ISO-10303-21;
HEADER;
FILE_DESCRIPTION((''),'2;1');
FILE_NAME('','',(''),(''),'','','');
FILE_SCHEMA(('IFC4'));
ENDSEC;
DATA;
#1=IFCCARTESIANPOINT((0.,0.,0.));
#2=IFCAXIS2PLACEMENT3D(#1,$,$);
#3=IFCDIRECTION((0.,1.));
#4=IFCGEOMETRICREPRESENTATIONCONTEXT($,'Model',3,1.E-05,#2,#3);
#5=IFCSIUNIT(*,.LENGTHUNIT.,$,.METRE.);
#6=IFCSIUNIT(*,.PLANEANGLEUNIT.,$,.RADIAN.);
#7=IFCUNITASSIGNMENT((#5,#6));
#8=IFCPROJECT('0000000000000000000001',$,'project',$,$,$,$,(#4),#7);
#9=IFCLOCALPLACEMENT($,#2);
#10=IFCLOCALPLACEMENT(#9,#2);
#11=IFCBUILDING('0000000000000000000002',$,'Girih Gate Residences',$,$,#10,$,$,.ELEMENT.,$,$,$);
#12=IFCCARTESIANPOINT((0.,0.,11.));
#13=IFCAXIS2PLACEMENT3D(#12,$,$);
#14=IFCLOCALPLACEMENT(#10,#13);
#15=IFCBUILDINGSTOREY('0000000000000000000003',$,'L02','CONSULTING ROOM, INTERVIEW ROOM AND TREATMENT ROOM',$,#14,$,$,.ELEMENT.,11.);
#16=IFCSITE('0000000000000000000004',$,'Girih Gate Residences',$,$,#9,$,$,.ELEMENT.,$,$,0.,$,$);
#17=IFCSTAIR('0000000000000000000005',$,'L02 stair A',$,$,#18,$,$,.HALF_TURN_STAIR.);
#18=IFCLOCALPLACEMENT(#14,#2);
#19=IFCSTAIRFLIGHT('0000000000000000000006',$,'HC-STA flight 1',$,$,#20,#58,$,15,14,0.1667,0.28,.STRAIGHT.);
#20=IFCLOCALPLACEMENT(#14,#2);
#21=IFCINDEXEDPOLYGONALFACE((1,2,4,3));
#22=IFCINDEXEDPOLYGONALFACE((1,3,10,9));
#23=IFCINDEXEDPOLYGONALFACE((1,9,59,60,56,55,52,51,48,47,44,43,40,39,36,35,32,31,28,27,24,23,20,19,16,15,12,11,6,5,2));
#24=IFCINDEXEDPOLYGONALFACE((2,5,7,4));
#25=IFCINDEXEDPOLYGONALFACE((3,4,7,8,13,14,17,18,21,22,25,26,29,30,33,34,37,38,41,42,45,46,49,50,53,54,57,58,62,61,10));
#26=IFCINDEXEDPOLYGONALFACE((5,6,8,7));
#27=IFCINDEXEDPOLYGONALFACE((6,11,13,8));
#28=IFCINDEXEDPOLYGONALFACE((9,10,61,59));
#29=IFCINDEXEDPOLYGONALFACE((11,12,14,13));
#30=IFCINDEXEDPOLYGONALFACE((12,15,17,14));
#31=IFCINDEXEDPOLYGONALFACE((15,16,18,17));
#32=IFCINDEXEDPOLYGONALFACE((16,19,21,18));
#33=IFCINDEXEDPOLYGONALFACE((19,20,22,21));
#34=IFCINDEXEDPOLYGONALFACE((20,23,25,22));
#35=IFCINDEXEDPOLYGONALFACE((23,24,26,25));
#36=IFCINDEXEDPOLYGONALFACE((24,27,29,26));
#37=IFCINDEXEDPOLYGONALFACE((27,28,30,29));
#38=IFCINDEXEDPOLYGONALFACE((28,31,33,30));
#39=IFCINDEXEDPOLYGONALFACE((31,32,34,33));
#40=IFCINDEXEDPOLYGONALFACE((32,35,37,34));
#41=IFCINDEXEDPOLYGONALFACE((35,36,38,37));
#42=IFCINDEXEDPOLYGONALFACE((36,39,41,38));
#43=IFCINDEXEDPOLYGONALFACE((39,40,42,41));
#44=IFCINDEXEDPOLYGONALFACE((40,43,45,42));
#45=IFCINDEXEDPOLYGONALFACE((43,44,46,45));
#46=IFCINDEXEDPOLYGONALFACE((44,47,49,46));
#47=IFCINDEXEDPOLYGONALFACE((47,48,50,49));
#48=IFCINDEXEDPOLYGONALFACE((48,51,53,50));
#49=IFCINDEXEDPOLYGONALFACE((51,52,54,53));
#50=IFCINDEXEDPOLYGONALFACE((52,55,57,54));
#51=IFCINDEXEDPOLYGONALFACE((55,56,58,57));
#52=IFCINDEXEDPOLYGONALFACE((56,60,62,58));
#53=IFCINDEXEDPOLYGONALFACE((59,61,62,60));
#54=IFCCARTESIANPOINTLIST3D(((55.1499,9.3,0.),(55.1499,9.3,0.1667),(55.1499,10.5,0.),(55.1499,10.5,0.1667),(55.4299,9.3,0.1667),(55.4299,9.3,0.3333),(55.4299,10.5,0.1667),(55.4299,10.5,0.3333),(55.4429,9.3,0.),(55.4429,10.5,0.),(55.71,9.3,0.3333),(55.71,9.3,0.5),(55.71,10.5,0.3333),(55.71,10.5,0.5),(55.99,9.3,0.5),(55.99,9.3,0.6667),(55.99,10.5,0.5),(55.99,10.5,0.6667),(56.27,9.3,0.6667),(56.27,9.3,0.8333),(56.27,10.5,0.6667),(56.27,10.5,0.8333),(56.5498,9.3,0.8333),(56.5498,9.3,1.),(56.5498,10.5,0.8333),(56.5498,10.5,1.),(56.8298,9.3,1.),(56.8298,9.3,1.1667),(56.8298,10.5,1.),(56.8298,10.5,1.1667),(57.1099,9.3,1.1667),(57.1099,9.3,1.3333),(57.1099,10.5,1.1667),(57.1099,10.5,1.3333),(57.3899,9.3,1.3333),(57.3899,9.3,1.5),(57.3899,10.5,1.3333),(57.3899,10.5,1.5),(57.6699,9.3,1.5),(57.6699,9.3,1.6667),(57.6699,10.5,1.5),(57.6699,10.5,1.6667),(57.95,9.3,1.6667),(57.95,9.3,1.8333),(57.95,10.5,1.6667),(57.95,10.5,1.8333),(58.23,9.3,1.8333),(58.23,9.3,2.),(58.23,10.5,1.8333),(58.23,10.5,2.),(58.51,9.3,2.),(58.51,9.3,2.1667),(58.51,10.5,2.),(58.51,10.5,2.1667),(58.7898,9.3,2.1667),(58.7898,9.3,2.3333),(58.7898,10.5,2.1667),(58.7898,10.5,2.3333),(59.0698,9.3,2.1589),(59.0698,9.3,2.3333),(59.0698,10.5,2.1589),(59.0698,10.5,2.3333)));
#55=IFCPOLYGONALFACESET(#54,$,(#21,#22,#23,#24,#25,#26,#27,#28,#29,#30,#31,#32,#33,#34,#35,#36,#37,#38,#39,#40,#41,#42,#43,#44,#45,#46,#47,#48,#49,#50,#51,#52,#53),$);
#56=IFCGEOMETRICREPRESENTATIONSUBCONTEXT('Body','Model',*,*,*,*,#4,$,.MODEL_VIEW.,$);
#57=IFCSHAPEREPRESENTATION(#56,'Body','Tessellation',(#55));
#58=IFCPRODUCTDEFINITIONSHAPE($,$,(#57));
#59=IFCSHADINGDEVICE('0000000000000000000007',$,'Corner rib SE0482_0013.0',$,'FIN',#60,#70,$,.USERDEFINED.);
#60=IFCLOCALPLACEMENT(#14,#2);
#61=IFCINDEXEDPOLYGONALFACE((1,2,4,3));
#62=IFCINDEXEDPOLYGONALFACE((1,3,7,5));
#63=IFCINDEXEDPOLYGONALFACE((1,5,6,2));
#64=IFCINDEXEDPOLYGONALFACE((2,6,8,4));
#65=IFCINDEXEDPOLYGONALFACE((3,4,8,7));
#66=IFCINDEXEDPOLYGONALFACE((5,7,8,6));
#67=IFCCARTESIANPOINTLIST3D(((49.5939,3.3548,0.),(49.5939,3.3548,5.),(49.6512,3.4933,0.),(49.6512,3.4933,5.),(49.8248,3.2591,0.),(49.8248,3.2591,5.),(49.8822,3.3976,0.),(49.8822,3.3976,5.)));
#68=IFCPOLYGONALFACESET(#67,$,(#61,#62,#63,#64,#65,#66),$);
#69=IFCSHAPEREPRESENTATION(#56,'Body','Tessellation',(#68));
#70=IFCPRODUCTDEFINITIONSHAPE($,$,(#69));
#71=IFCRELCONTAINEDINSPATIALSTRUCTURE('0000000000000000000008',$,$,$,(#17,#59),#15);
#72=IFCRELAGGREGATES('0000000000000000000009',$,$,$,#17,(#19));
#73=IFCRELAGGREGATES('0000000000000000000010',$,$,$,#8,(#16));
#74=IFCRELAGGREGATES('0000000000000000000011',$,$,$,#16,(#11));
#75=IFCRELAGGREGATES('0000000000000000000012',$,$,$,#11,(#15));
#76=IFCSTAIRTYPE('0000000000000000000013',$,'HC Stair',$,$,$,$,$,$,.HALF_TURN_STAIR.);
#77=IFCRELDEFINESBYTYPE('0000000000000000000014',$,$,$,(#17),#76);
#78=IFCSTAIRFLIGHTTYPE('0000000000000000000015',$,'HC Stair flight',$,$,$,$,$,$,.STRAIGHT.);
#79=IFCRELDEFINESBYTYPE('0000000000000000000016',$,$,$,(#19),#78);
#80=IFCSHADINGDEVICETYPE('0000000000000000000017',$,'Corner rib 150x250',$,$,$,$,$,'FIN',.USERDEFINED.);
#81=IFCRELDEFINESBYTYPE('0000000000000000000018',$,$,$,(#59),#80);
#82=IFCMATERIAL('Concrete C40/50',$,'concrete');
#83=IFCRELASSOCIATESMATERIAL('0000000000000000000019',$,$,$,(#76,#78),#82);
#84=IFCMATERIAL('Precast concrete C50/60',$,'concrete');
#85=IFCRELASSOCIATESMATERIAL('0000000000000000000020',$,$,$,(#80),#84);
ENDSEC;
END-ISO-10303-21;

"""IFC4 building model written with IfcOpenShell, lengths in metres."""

from ifc_helpers import new_model, si_unit, direction, frame, origin, origin_2d, place, context, subcontext, project, spatial, polyline, rectangle, outline, extrude, material, type_object, element, aggregate, save


model = new_model("IFC4")

# Units and contexts
model_context = context("Model", 3, precision=1e-05, world=origin(), true_north=direction((0.0, 1.0)))
body_context = subcontext(model_context, "Body", "Model", "MODEL_VIEW")
ifc_project = project(units=[si_unit("LENGTHUNIT", "METRE"), si_unit("PLANEANGLEUNIT", "RADIAN")], contexts=[model_context])

# Site, building, storey
site_placement = place(None, origin())
site = spatial("IfcSite", under=ifc_project, at=site_placement, Name="Girih Gate Residences", CompositionType="ELEMENT", RefElevation=0.0)
building_placement = place(site_placement, origin())
building = spatial("IfcBuilding", under=site, at=building_placement, Name="Girih Gate Residences", CompositionType="ELEMENT")
storey_placement = place(building_placement, frame((0.0, 0.0, 11.0)))
storey = spatial("IfcBuildingStorey", under=building, at=storey_placement, Name="L02", Description="CONSULTING ROOM, INTERVIEW ROOM AND TREATMENT ROOM", CompositionType="ELEMENT", Elevation=11.0)

# Shared definitions
ifc_material_1 = material(Name="Concrete C40/50", Category="concrete")

# Shared definitions
ifc_material_2 = material(Name="Precast concrete C50/60", Category="concrete")

# Stair, stair flight
stair_type = type_object("IfcStairType", Name="HC Stair", PredefinedType="HALF_TURN_STAIR", material=ifc_material_1)
stair_placement = place(storey_placement, origin())
stair = element("IfcStair", 1, at=stair_placement, inside=storey, type_object=stair_type, Name="L02 stair A", PredefinedType="HALF_TURN_STAIR")
stair_flight_type = type_object("IfcStairFlightType", Name="HC Stair flight", PredefinedType="STRAIGHT", material=ifc_material_1)
stair_flight_placement = place(storey_placement, frame((55.1499, 9.8999, 0.0), z_axis=(0.0, 0.0, 1.0), x_axis=(1.0, 0.0, 0.0)))
stair_flight = element("IfcStairFlight", 2, at=stair_flight_placement, type_object=stair_flight_type, Name="HC-STA flight 1", NumberOfRisers=15, NumberOfTreads=14, PredefinedType="STRAIGHT", RiserHeight=0.1667, TreadLength=0.28, context=body_context, shape_type="SweptSolid", body=[
    extrude(outline(polyline([(0.0, 0.0), (0.0, 0.1667), (0.28, 0.1667), (0.28, 0.3333), (0.5601, 0.3333), (0.5601, 0.5), (0.8401, 0.5), (0.8401, 0.6667), (1.1201, 0.6667), (1.1201, 0.8333), (1.3999, 0.8333), (1.3999, 1.0), (1.6799, 1.0), (1.6799, 1.1667), (1.96, 1.1667), (1.96, 1.3333), (2.24, 1.3333), (2.24, 1.5), (2.52, 1.5), (2.52, 1.6667), (2.8, 1.6667), (2.8, 1.8333), (3.0801, 1.8333), (3.0801, 2.0), (3.3601, 2.0), (3.3601, 2.1667), (3.6399, 2.1667), (3.6399, 2.3333), (3.9199, 2.3333), (3.9199, 2.5), (3.9199, 2.1589), (0.293, 0.0), (0.0, 0.0)])), frame((0.0, 0.6001, 0.0), z_axis=(0.0, -1.0, 0.0), x_axis=(1.0, 0.0, 0.0)), (0.0, 0.0, 1.0), 1.2),
])
aggregate(stair, [stair_flight])

# Shading device
shading_device_type = type_object("IfcShadingDeviceType", Name="Corner rib 150x250", ElementType="FIN", PredefinedType="USERDEFINED", material=ifc_material_2)
shading_device_placement = place(storey_placement, frame((49.738, 3.3762, 0.0), z_axis=(0.0, 0.0, 1.0), x_axis=(0.382683, 0.92388, 0.0)))
element("IfcShadingDevice", 3, at=shading_device_placement, inside=storey, type_object=shading_device_type, Name="Corner rib SE0482_0013.0", ObjectType="FIN", PredefinedType="USERDEFINED", context=body_context, shape_type="SweptSolid", body=[
    extrude(rectangle(XDim=0.1499, YDim=0.25, at=origin_2d()), origin(), (0.0, 0.0, 1.0), 5.0),
])

save(model, "model.ifc")
